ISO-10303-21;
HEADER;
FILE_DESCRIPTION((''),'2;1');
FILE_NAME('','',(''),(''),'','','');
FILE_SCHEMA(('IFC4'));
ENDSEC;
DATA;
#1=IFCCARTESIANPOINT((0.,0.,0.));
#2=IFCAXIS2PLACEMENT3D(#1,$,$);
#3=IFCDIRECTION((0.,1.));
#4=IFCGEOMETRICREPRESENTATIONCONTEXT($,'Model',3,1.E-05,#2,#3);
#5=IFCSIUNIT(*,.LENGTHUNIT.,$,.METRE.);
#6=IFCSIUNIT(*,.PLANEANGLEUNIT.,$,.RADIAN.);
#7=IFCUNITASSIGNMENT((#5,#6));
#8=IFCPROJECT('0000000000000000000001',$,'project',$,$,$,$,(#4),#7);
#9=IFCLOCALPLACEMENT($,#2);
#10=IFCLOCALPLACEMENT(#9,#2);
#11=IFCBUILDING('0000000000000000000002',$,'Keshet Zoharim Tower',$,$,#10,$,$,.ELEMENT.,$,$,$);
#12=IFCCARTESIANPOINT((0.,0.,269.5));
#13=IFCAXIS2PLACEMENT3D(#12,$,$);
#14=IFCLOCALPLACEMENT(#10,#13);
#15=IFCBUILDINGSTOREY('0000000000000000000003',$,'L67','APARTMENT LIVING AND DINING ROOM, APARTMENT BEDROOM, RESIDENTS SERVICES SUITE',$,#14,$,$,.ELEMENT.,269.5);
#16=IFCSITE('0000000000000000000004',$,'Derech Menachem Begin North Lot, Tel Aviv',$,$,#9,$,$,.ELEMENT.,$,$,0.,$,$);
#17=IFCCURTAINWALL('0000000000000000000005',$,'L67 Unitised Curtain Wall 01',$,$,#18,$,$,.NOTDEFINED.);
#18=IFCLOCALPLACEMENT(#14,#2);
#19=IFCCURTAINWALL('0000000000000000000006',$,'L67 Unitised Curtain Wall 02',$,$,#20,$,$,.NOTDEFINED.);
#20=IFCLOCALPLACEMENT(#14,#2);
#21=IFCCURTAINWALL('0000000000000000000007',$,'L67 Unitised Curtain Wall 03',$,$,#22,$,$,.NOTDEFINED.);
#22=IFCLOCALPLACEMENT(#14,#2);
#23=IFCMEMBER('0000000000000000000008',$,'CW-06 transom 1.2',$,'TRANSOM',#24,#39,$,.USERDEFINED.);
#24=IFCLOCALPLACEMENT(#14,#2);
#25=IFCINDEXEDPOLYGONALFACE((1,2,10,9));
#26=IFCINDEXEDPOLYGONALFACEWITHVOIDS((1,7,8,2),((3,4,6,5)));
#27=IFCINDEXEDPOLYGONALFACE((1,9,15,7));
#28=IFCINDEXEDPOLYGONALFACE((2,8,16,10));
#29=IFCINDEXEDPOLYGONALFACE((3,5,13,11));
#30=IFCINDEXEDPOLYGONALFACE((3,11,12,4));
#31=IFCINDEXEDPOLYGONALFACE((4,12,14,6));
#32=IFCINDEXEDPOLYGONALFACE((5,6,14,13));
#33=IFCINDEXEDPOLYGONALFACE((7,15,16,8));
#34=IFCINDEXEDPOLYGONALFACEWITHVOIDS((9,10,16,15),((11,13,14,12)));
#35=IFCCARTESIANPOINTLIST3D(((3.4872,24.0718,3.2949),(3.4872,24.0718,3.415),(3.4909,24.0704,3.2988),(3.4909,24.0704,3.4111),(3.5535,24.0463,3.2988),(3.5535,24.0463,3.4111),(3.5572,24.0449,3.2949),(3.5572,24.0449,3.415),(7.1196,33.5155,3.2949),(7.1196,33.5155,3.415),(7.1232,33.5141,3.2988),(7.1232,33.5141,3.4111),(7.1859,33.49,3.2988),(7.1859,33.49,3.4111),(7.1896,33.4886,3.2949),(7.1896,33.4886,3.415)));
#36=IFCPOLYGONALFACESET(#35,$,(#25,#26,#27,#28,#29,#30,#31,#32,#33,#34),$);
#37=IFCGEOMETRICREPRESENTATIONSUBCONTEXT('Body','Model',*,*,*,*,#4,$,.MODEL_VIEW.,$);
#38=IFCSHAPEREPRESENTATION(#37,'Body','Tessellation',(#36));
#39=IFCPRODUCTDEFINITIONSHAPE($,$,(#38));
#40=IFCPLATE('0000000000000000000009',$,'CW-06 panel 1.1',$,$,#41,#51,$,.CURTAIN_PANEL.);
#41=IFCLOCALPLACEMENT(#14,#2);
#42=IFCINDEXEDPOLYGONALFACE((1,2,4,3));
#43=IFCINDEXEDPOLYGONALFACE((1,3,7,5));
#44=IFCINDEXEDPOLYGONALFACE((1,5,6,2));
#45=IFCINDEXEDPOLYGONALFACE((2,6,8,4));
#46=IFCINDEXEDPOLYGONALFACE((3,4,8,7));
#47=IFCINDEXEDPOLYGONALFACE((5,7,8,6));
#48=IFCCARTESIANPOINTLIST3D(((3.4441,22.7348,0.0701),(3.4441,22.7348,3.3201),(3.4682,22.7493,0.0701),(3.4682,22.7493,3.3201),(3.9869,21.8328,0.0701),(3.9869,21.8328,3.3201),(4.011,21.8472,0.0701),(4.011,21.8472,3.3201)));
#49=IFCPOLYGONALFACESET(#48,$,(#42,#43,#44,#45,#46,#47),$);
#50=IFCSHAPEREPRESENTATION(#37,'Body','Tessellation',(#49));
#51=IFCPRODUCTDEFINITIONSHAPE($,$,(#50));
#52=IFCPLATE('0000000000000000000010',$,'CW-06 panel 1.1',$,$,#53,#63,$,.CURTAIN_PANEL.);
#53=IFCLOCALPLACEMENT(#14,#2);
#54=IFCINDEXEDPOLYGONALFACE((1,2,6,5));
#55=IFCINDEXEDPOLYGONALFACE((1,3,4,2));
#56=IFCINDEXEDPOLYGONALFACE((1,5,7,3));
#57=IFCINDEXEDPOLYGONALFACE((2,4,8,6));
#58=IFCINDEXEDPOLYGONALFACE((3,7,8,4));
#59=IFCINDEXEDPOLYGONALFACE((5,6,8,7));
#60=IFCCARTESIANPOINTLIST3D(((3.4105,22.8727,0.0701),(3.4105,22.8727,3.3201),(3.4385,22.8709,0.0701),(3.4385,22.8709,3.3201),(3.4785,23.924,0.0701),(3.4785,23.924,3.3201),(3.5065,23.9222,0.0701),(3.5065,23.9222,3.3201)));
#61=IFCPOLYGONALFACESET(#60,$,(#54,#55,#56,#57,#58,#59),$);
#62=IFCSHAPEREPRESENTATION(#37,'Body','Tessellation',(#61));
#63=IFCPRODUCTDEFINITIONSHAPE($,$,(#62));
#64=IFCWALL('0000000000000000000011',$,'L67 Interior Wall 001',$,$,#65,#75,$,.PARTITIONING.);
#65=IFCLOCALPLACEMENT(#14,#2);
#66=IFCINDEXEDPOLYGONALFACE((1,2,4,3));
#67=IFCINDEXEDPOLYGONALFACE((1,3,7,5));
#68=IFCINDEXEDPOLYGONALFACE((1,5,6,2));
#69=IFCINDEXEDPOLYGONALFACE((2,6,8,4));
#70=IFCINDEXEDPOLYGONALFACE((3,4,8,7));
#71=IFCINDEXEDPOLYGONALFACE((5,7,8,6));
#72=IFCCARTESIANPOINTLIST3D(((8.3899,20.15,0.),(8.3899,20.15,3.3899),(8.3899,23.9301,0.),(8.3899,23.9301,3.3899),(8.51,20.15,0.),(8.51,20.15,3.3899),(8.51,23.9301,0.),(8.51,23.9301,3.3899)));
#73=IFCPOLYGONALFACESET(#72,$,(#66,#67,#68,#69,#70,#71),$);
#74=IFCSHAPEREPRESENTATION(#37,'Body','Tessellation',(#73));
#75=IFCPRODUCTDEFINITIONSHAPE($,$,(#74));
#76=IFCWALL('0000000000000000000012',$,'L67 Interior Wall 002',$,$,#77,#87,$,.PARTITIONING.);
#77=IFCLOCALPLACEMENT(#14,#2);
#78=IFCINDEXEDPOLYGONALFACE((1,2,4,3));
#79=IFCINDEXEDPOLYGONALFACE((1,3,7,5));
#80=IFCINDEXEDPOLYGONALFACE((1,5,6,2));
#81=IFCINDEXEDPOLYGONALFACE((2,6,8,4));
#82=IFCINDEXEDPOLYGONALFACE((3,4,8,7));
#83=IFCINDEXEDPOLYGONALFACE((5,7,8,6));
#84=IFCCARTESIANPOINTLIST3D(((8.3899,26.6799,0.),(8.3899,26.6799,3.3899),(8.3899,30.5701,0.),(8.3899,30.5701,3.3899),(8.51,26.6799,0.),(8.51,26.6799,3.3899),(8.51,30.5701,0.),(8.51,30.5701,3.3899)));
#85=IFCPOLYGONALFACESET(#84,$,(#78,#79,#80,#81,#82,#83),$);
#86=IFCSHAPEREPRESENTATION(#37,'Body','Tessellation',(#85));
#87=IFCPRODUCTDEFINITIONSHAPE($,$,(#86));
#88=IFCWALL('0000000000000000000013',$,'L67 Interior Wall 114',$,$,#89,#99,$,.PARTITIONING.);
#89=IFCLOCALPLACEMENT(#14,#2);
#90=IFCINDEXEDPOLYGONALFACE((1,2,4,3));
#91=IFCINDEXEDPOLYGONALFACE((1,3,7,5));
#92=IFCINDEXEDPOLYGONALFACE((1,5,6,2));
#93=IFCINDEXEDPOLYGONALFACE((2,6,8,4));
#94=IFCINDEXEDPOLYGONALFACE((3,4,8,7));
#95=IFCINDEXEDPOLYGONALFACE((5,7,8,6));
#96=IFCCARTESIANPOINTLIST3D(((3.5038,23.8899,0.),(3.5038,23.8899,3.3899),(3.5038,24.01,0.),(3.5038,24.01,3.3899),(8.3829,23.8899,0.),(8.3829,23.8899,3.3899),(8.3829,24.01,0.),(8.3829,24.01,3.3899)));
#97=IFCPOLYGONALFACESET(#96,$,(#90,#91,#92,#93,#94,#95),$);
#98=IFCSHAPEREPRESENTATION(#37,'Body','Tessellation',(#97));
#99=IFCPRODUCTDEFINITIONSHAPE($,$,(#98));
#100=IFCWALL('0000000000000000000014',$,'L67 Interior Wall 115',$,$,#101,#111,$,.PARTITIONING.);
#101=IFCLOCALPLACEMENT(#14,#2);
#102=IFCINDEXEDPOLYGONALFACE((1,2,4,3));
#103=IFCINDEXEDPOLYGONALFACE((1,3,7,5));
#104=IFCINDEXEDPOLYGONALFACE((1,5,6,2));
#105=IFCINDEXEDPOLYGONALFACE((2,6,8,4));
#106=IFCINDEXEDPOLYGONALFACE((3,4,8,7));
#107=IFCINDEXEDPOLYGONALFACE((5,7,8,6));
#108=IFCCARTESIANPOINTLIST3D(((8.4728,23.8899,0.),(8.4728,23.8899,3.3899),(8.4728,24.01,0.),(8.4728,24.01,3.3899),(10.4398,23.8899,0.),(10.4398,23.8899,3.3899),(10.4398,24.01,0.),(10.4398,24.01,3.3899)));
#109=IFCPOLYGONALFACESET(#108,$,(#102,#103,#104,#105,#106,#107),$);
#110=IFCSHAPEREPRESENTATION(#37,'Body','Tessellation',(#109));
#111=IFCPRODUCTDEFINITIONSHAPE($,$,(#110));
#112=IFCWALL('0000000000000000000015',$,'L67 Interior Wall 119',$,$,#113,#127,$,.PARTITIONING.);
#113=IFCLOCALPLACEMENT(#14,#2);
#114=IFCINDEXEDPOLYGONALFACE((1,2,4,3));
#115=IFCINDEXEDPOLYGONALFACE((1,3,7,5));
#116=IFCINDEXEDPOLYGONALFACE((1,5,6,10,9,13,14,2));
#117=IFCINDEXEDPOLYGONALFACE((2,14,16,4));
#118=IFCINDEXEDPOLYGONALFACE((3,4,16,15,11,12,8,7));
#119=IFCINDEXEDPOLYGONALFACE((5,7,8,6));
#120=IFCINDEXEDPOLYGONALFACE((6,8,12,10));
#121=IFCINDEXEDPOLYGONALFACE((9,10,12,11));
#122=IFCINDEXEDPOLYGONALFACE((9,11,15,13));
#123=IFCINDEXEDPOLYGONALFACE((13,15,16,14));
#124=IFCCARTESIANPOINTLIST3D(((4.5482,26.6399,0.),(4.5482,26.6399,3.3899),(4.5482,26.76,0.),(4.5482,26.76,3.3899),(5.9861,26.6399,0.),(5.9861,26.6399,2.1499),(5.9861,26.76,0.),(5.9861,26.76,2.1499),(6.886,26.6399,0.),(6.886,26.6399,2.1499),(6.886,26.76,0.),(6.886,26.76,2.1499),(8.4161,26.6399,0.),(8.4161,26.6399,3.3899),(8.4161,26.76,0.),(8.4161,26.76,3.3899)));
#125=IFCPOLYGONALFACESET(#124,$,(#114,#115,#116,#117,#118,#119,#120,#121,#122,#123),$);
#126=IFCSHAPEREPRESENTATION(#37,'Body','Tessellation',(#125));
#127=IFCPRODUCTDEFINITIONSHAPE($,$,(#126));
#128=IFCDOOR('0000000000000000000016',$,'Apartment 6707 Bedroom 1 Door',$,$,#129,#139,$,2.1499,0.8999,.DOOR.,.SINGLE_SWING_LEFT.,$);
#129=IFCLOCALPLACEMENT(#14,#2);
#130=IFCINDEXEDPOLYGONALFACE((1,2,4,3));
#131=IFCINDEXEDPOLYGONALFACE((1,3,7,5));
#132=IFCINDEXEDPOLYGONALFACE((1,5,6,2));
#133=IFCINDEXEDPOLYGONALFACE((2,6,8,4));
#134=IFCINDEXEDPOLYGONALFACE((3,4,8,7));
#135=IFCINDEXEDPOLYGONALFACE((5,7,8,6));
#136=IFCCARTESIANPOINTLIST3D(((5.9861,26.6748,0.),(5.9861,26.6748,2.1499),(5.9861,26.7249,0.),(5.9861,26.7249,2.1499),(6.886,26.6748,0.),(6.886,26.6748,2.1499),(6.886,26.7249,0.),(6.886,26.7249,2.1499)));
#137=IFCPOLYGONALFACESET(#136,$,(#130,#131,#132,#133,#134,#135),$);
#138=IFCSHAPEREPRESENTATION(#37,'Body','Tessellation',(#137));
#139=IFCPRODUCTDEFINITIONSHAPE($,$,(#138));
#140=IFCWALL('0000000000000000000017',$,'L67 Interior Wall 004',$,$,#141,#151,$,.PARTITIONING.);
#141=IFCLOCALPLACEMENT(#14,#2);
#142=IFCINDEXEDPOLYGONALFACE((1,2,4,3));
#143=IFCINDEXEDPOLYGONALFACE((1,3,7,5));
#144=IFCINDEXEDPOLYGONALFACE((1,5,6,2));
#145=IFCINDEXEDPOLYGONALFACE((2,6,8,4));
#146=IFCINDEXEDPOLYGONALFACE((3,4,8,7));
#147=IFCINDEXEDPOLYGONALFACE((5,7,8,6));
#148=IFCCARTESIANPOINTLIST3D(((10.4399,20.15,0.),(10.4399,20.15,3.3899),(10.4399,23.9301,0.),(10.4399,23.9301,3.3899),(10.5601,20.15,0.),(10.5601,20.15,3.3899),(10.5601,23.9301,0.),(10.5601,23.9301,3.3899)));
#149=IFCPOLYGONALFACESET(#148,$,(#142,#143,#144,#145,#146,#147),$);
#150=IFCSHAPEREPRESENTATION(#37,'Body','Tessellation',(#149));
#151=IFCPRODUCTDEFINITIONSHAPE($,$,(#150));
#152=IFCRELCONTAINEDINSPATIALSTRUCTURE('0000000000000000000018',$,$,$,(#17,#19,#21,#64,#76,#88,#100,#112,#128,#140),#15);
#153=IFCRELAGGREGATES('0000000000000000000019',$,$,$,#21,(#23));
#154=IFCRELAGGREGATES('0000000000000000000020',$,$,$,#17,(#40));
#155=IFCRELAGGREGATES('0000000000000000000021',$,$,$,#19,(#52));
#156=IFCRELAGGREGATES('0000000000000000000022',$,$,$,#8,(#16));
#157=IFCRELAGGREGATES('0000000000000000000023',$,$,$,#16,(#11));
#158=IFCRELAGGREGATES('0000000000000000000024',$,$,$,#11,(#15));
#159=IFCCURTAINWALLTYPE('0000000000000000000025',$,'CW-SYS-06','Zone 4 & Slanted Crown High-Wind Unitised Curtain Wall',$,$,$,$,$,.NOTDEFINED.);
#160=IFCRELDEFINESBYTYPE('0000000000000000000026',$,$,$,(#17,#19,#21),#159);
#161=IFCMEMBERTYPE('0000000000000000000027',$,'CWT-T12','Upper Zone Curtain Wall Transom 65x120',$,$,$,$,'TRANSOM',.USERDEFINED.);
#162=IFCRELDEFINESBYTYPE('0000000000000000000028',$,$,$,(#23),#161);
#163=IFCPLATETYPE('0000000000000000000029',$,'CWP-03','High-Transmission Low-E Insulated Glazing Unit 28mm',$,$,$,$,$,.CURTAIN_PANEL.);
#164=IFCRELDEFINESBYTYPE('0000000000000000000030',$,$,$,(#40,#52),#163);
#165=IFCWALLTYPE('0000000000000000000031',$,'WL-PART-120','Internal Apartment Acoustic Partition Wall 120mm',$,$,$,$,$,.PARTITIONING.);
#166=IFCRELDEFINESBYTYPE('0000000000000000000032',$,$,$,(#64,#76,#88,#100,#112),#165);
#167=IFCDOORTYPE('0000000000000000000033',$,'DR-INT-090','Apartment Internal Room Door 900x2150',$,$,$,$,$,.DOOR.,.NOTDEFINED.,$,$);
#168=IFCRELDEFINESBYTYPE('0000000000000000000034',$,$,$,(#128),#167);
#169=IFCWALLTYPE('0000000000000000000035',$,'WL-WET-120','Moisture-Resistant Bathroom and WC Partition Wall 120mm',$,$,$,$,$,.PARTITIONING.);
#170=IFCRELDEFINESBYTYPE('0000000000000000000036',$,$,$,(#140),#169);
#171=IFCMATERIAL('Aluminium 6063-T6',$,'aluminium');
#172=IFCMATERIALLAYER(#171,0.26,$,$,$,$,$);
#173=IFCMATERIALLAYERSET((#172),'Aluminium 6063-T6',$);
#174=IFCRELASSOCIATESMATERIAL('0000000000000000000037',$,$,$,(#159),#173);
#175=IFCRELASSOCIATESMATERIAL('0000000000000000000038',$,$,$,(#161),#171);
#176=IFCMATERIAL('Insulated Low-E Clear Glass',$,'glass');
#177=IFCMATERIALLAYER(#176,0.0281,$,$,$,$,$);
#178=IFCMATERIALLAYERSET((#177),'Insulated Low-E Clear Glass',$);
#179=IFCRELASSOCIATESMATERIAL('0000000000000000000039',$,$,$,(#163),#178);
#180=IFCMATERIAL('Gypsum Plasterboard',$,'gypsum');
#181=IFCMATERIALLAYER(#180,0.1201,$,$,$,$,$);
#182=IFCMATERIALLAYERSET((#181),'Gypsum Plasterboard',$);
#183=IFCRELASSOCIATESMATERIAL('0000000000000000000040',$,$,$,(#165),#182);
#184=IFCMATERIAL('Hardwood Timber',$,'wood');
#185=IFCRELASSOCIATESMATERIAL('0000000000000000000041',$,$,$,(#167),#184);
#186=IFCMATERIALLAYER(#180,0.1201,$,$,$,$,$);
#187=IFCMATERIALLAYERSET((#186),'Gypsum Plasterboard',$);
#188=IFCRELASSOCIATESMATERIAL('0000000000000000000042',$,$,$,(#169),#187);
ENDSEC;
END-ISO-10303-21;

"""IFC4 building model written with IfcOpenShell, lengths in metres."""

from ifc_helpers import new_model, si_unit, direction, frame, frame_2d, origin, origin_2d, place, context, subcontext, project, spatial, rectangle, hollow_rectangle, extrude, material, layer, layer_set, material_profile, profile_set, type_object, element, fill, aggregate, save


model = new_model("IFC4")

# Units and contexts
model_context = context("Model", 3, precision=1e-05, world=origin(), true_north=direction((0.0, 1.0)))
body_context = subcontext(model_context, "Body", "Model", "MODEL_VIEW")
ifc_project = project(units=[si_unit("LENGTHUNIT", "METRE"), si_unit("PLANEANGLEUNIT", "RADIAN")], contexts=[model_context])

# Site, building, storey
site_placement = place(None, origin())
site = spatial("IfcSite", under=ifc_project, at=site_placement, Name="Derech Menachem Begin North Lot, Tel Aviv", CompositionType="ELEMENT", RefElevation=0.0)
building_placement = place(site_placement, origin())
building = spatial("IfcBuilding", under=site, at=building_placement, Name="Keshet Zoharim Tower", CompositionType="ELEMENT")
storey_placement = place(building_placement, frame((0.0, 0.0, 269.5)))
storey = spatial("IfcBuildingStorey", under=building, at=storey_placement, Name="L67", Description="APARTMENT LIVING AND DINING ROOM, APARTMENT BEDROOM, RESIDENTS SERVICES SUITE", CompositionType="ELEMENT", Elevation=269.5)

# Curtain walls
ifc_material_1 = material(Name="Aluminium 6063-T6", Category="aluminium")
ifc_layer_1 = layer(ifc_material_1, 0.26)
ifc_layer_set_1 = layer_set([ifc_layer_1], Name="Aluminium 6063-T6")
curtain_wall_type = type_object("IfcCurtainWallType", Name="CW-SYS-06", Description="Zone 4 & Slanted Crown High-Wind Unitised Curtain Wall", PredefinedType="NOTDEFINED", material=ifc_layer_set_1)
curtain_wall_1_placement = place(storey_placement, origin())
curtain_wall_1 = element("IfcCurtainWall", 1, at=curtain_wall_1_placement, inside=storey, type_object=curtain_wall_type, Name="L67 Unitised Curtain Wall 01", PredefinedType="NOTDEFINED")
curtain_wall_2_placement = place(storey_placement, origin())
curtain_wall_2 = element("IfcCurtainWall", 2, at=curtain_wall_2_placement, inside=storey, type_object=curtain_wall_type, Name="L67 Unitised Curtain Wall 02", PredefinedType="NOTDEFINED")

# Curtain wall
curtain_wall_3_placement = place(storey_placement, origin())
curtain_wall_3 = element("IfcCurtainWall", 3, at=curtain_wall_3_placement, inside=storey, type_object=curtain_wall_type, Name="L67 Unitised Curtain Wall 03", PredefinedType="NOTDEFINED")

# Member
ifc_material_profile_1 = material_profile(ifc_material_1, hollow_rectangle(XDim=0.075, YDim=0.1201, WallThickness=0.0039, at=origin_2d()), Name="TRN-75x120")
ifc_profile_set_1 = profile_set([ifc_material_profile_1], Name="Aluminium 6063-T6")
member_type_1 = type_object("IfcMemberType", Name="CWT-T12", Description="Upper Zone Curtain Wall Transom 65x120", ElementType="TRANSOM", PredefinedType="USERDEFINED", material=ifc_profile_set_1)
member_1_placement = place(storey_placement, frame((3.5222, 24.0583, 3.355), z_axis=(0.358994, 0.93334, 0.0), x_axis=(-0.93334, 0.358994, 0.0)))
member_1 = element("IfcMember", 4, at=member_1_placement, type_object=member_type_1, Name="CW-06 transom 1.2", ObjectType="TRANSOM", PredefinedType="USERDEFINED", context=body_context, shape_type="SweptSolid", body=[
    extrude(hollow_rectangle(XDim=0.075, YDim=0.1201, WallThickness=0.0039, at=origin_2d()), origin(), (0.0, 0.0, 1.0), 10.1182),
])
aggregate(curtain_wall_3, [member_1])

# Plates
ifc_material_2 = material(Name="Insulated Low-E Clear Glass", Category="glass")
ifc_layer_2 = layer(ifc_material_2, 0.0281)
ifc_layer_set_2 = layer_set([ifc_layer_2], Name="Insulated Low-E Clear Glass")
plate_type = type_object("IfcPlateType", Name="CWP-03", Description="High-Transmission Low-E Insulated Glazing Unit 28mm", PredefinedType="CURTAIN_PANEL", material=ifc_layer_set_2)
plate_1_placement = place(storey_placement, frame((3.7275, 22.291, 0.0701), z_axis=(0.0, 0.0, 1.0), x_axis=(-0.515605, 0.856826, 0.0)))
plate_1 = element("IfcPlate", 5, at=plate_1_placement, type_object=plate_type, Name="CW-06 panel 1.1", PredefinedType="CURTAIN_PANEL", context=body_context, shape_type="SweptSolid", body=[
    extrude(rectangle(XDim=1.0527, YDim=0.0281, at=origin_2d()), origin(), (0.0, 0.0, 1.0), 3.25),
])
aggregate(curtain_wall_1, [plate_1])
plate_2_placement = place(storey_placement, frame((3.4585, 23.3975, 0.0701), z_axis=(0.0, 0.0, 1.0), x_axis=(0.064517, 0.997917, 0.0)))
plate_2 = element("IfcPlate", 6, at=plate_2_placement, type_object=plate_type, Name="CW-06 panel 1.1", PredefinedType="CURTAIN_PANEL", context=body_context, shape_type="SweptSolid", body=[
    extrude(rectangle(XDim=1.0535, YDim=0.0281, at=origin_2d()), origin(), (0.0, 0.0, 1.0), 3.25),
])
aggregate(curtain_wall_2, [plate_2])

# Walls
ifc_material_3 = material(Name="Gypsum Plasterboard", Category="gypsum")
ifc_layer_3 = layer(ifc_material_3, 0.1201)
ifc_layer_set_3 = layer_set([ifc_layer_3], Name="Gypsum Plasterboard")
wall_type_1 = type_object("IfcWallType", Name="WL-PART-120", Description="Internal Apartment Acoustic Partition Wall 120mm", PredefinedType="PARTITIONING", material=ifc_layer_set_3)
wall_1_placement = place(storey_placement, frame((8.45, 20.1499, 0.0), z_axis=(0.0, 0.0, 1.0), x_axis=(0.0, 1.0, 0.0)))
element("IfcWall", 7, at=wall_1_placement, inside=storey, type_object=wall_type_1, Name="L67 Interior Wall 001", PredefinedType="PARTITIONING", context=body_context, shape_type="SweptSolid", body=[
    extrude(rectangle(XDim=3.78, YDim=0.1201, at=frame_2d((1.8901, 0.0))), origin(), (0.0, 0.0, 1.0), 3.3899),
])
wall_2_placement = place(storey_placement, frame((8.45, 26.6799, 0.0), z_axis=(0.0, 0.0, 1.0), x_axis=(0.0, 1.0, 0.0)))
element("IfcWall", 8, at=wall_2_placement, inside=storey, type_object=wall_type_1, Name="L67 Interior Wall 002", PredefinedType="PARTITIONING", context=body_context, shape_type="SweptSolid", body=[
    extrude(rectangle(XDim=3.8901, YDim=0.1201, at=frame_2d((1.9451, 0.0))), origin(), (0.0, 0.0, 1.0), 3.3899),
])

# Shared definitions
ifc_material_4 = material(Name="Hardwood Timber", Category="wood")
door_type = type_object("IfcDoorType", Name="DR-INT-090", Description="Apartment Internal Room Door 900x2150", OperationType="NOTDEFINED", PredefinedType="DOOR", material=ifc_material_4)

# Walls
wall_3_placement = place(storey_placement, frame((3.5039, 23.95, 0.0), z_axis=(0.0, 0.0, 1.0), x_axis=(1.0, 0.0, 0.0)))
element("IfcWall", 9, at=wall_3_placement, inside=storey, type_object=wall_type_1, Name="L67 Interior Wall 114", PredefinedType="PARTITIONING", context=body_context, shape_type="SweptSolid", body=[
    extrude(rectangle(XDim=4.8792, YDim=0.1201, at=frame_2d((2.4395, 0.0))), origin(), (0.0, 0.0, 1.0), 3.3899),
])
wall_4_placement = place(storey_placement, frame((8.4729, 23.95, 0.0), z_axis=(0.0, 0.0, 1.0), x_axis=(1.0, 0.0, 0.0)))
element("IfcWall", 10, at=wall_4_placement, inside=storey, type_object=wall_type_1, Name="L67 Interior Wall 115", PredefinedType="PARTITIONING", context=body_context, shape_type="SweptSolid", body=[
    extrude(rectangle(XDim=1.967, YDim=0.1201, at=frame_2d((0.9834, 0.0))), origin(), (0.0, 0.0, 1.0), 3.3899),
])

# Wall, opening, door
wall_5_placement = place(storey_placement, frame((4.5481, 26.7, 0.0), z_axis=(0.0, 0.0, 1.0), x_axis=(1.0, 0.0, 0.0)))
wall_5 = element("IfcWall", 11, at=wall_5_placement, inside=storey, type_object=wall_type_1, Name="L67 Interior Wall 119", PredefinedType="PARTITIONING", context=body_context, shape_type="SweptSolid", body=[
    extrude(rectangle(XDim=3.8679, YDim=0.1201, at=frame_2d((1.9341, 0.0))), origin(), (0.0, 0.0, 1.0), 3.3899),
])
opening_1_placement = place(wall_5_placement, frame((1.438, 0.0, 0.0)))
opening_1 = element("IfcOpeningElement", 12, at=opening_1_placement, cuts=wall_5, PredefinedType="OPENING", context=body_context, shape_type="SweptSolid", body=[
    extrude(rectangle(XDim=0.8999, YDim=2.1499, at=frame_2d((0.45, 1.075))), frame((0.0, 0.0701, 0.0), z_axis=(0.0, -1.0, 0.0), x_axis=(1.0, 0.0, 0.0)), (0.0, 0.0, 1.0), 0.1401),
])
door_1_placement = place(opening_1_placement, origin())
door_1 = element("IfcDoor", 13, at=door_1_placement, inside=storey, type_object=door_type, Name="Apartment 6707 Bedroom 1 Door", OperationType="SINGLE_SWING_LEFT", OverallHeight=2.1499, OverallWidth=0.8999, PredefinedType="DOOR", context=body_context, shape_type="SweptSolid", body=[
    extrude(rectangle(XDim=0.8999, YDim=2.1499, at=frame_2d((0.45, 1.075))), frame((0.0, 0.0249, 0.0), z_axis=(0.0, -1.0, 0.0), x_axis=(1.0, 0.0, 0.0)), (0.0, 0.0, 1.0), 0.05),
])
fill(opening_1, door_1)

# Wall
ifc_layer_4 = layer(ifc_material_3, 0.1201)
ifc_layer_set_4 = layer_set([ifc_layer_4], Name="Gypsum Plasterboard")
wall_type_2 = type_object("IfcWallType", Name="WL-WET-120", Description="Moisture-Resistant Bathroom and WC Partition Wall 120mm", PredefinedType="PARTITIONING", material=ifc_layer_set_4)
wall_6_placement = place(storey_placement, frame((10.5, 20.1499, 0.0), z_axis=(0.0, 0.0, 1.0), x_axis=(0.0, 1.0, 0.0)))
element("IfcWall", 14, at=wall_6_placement, inside=storey, type_object=wall_type_2, Name="L67 Interior Wall 004", PredefinedType="PARTITIONING", context=body_context, shape_type="SweptSolid", body=[
    extrude(rectangle(XDim=3.78, YDim=0.1201, at=frame_2d((1.8901, 0.0))), origin(), (0.0, 0.0, 1.0), 3.3899),
])

save(model, "model.ifc")
